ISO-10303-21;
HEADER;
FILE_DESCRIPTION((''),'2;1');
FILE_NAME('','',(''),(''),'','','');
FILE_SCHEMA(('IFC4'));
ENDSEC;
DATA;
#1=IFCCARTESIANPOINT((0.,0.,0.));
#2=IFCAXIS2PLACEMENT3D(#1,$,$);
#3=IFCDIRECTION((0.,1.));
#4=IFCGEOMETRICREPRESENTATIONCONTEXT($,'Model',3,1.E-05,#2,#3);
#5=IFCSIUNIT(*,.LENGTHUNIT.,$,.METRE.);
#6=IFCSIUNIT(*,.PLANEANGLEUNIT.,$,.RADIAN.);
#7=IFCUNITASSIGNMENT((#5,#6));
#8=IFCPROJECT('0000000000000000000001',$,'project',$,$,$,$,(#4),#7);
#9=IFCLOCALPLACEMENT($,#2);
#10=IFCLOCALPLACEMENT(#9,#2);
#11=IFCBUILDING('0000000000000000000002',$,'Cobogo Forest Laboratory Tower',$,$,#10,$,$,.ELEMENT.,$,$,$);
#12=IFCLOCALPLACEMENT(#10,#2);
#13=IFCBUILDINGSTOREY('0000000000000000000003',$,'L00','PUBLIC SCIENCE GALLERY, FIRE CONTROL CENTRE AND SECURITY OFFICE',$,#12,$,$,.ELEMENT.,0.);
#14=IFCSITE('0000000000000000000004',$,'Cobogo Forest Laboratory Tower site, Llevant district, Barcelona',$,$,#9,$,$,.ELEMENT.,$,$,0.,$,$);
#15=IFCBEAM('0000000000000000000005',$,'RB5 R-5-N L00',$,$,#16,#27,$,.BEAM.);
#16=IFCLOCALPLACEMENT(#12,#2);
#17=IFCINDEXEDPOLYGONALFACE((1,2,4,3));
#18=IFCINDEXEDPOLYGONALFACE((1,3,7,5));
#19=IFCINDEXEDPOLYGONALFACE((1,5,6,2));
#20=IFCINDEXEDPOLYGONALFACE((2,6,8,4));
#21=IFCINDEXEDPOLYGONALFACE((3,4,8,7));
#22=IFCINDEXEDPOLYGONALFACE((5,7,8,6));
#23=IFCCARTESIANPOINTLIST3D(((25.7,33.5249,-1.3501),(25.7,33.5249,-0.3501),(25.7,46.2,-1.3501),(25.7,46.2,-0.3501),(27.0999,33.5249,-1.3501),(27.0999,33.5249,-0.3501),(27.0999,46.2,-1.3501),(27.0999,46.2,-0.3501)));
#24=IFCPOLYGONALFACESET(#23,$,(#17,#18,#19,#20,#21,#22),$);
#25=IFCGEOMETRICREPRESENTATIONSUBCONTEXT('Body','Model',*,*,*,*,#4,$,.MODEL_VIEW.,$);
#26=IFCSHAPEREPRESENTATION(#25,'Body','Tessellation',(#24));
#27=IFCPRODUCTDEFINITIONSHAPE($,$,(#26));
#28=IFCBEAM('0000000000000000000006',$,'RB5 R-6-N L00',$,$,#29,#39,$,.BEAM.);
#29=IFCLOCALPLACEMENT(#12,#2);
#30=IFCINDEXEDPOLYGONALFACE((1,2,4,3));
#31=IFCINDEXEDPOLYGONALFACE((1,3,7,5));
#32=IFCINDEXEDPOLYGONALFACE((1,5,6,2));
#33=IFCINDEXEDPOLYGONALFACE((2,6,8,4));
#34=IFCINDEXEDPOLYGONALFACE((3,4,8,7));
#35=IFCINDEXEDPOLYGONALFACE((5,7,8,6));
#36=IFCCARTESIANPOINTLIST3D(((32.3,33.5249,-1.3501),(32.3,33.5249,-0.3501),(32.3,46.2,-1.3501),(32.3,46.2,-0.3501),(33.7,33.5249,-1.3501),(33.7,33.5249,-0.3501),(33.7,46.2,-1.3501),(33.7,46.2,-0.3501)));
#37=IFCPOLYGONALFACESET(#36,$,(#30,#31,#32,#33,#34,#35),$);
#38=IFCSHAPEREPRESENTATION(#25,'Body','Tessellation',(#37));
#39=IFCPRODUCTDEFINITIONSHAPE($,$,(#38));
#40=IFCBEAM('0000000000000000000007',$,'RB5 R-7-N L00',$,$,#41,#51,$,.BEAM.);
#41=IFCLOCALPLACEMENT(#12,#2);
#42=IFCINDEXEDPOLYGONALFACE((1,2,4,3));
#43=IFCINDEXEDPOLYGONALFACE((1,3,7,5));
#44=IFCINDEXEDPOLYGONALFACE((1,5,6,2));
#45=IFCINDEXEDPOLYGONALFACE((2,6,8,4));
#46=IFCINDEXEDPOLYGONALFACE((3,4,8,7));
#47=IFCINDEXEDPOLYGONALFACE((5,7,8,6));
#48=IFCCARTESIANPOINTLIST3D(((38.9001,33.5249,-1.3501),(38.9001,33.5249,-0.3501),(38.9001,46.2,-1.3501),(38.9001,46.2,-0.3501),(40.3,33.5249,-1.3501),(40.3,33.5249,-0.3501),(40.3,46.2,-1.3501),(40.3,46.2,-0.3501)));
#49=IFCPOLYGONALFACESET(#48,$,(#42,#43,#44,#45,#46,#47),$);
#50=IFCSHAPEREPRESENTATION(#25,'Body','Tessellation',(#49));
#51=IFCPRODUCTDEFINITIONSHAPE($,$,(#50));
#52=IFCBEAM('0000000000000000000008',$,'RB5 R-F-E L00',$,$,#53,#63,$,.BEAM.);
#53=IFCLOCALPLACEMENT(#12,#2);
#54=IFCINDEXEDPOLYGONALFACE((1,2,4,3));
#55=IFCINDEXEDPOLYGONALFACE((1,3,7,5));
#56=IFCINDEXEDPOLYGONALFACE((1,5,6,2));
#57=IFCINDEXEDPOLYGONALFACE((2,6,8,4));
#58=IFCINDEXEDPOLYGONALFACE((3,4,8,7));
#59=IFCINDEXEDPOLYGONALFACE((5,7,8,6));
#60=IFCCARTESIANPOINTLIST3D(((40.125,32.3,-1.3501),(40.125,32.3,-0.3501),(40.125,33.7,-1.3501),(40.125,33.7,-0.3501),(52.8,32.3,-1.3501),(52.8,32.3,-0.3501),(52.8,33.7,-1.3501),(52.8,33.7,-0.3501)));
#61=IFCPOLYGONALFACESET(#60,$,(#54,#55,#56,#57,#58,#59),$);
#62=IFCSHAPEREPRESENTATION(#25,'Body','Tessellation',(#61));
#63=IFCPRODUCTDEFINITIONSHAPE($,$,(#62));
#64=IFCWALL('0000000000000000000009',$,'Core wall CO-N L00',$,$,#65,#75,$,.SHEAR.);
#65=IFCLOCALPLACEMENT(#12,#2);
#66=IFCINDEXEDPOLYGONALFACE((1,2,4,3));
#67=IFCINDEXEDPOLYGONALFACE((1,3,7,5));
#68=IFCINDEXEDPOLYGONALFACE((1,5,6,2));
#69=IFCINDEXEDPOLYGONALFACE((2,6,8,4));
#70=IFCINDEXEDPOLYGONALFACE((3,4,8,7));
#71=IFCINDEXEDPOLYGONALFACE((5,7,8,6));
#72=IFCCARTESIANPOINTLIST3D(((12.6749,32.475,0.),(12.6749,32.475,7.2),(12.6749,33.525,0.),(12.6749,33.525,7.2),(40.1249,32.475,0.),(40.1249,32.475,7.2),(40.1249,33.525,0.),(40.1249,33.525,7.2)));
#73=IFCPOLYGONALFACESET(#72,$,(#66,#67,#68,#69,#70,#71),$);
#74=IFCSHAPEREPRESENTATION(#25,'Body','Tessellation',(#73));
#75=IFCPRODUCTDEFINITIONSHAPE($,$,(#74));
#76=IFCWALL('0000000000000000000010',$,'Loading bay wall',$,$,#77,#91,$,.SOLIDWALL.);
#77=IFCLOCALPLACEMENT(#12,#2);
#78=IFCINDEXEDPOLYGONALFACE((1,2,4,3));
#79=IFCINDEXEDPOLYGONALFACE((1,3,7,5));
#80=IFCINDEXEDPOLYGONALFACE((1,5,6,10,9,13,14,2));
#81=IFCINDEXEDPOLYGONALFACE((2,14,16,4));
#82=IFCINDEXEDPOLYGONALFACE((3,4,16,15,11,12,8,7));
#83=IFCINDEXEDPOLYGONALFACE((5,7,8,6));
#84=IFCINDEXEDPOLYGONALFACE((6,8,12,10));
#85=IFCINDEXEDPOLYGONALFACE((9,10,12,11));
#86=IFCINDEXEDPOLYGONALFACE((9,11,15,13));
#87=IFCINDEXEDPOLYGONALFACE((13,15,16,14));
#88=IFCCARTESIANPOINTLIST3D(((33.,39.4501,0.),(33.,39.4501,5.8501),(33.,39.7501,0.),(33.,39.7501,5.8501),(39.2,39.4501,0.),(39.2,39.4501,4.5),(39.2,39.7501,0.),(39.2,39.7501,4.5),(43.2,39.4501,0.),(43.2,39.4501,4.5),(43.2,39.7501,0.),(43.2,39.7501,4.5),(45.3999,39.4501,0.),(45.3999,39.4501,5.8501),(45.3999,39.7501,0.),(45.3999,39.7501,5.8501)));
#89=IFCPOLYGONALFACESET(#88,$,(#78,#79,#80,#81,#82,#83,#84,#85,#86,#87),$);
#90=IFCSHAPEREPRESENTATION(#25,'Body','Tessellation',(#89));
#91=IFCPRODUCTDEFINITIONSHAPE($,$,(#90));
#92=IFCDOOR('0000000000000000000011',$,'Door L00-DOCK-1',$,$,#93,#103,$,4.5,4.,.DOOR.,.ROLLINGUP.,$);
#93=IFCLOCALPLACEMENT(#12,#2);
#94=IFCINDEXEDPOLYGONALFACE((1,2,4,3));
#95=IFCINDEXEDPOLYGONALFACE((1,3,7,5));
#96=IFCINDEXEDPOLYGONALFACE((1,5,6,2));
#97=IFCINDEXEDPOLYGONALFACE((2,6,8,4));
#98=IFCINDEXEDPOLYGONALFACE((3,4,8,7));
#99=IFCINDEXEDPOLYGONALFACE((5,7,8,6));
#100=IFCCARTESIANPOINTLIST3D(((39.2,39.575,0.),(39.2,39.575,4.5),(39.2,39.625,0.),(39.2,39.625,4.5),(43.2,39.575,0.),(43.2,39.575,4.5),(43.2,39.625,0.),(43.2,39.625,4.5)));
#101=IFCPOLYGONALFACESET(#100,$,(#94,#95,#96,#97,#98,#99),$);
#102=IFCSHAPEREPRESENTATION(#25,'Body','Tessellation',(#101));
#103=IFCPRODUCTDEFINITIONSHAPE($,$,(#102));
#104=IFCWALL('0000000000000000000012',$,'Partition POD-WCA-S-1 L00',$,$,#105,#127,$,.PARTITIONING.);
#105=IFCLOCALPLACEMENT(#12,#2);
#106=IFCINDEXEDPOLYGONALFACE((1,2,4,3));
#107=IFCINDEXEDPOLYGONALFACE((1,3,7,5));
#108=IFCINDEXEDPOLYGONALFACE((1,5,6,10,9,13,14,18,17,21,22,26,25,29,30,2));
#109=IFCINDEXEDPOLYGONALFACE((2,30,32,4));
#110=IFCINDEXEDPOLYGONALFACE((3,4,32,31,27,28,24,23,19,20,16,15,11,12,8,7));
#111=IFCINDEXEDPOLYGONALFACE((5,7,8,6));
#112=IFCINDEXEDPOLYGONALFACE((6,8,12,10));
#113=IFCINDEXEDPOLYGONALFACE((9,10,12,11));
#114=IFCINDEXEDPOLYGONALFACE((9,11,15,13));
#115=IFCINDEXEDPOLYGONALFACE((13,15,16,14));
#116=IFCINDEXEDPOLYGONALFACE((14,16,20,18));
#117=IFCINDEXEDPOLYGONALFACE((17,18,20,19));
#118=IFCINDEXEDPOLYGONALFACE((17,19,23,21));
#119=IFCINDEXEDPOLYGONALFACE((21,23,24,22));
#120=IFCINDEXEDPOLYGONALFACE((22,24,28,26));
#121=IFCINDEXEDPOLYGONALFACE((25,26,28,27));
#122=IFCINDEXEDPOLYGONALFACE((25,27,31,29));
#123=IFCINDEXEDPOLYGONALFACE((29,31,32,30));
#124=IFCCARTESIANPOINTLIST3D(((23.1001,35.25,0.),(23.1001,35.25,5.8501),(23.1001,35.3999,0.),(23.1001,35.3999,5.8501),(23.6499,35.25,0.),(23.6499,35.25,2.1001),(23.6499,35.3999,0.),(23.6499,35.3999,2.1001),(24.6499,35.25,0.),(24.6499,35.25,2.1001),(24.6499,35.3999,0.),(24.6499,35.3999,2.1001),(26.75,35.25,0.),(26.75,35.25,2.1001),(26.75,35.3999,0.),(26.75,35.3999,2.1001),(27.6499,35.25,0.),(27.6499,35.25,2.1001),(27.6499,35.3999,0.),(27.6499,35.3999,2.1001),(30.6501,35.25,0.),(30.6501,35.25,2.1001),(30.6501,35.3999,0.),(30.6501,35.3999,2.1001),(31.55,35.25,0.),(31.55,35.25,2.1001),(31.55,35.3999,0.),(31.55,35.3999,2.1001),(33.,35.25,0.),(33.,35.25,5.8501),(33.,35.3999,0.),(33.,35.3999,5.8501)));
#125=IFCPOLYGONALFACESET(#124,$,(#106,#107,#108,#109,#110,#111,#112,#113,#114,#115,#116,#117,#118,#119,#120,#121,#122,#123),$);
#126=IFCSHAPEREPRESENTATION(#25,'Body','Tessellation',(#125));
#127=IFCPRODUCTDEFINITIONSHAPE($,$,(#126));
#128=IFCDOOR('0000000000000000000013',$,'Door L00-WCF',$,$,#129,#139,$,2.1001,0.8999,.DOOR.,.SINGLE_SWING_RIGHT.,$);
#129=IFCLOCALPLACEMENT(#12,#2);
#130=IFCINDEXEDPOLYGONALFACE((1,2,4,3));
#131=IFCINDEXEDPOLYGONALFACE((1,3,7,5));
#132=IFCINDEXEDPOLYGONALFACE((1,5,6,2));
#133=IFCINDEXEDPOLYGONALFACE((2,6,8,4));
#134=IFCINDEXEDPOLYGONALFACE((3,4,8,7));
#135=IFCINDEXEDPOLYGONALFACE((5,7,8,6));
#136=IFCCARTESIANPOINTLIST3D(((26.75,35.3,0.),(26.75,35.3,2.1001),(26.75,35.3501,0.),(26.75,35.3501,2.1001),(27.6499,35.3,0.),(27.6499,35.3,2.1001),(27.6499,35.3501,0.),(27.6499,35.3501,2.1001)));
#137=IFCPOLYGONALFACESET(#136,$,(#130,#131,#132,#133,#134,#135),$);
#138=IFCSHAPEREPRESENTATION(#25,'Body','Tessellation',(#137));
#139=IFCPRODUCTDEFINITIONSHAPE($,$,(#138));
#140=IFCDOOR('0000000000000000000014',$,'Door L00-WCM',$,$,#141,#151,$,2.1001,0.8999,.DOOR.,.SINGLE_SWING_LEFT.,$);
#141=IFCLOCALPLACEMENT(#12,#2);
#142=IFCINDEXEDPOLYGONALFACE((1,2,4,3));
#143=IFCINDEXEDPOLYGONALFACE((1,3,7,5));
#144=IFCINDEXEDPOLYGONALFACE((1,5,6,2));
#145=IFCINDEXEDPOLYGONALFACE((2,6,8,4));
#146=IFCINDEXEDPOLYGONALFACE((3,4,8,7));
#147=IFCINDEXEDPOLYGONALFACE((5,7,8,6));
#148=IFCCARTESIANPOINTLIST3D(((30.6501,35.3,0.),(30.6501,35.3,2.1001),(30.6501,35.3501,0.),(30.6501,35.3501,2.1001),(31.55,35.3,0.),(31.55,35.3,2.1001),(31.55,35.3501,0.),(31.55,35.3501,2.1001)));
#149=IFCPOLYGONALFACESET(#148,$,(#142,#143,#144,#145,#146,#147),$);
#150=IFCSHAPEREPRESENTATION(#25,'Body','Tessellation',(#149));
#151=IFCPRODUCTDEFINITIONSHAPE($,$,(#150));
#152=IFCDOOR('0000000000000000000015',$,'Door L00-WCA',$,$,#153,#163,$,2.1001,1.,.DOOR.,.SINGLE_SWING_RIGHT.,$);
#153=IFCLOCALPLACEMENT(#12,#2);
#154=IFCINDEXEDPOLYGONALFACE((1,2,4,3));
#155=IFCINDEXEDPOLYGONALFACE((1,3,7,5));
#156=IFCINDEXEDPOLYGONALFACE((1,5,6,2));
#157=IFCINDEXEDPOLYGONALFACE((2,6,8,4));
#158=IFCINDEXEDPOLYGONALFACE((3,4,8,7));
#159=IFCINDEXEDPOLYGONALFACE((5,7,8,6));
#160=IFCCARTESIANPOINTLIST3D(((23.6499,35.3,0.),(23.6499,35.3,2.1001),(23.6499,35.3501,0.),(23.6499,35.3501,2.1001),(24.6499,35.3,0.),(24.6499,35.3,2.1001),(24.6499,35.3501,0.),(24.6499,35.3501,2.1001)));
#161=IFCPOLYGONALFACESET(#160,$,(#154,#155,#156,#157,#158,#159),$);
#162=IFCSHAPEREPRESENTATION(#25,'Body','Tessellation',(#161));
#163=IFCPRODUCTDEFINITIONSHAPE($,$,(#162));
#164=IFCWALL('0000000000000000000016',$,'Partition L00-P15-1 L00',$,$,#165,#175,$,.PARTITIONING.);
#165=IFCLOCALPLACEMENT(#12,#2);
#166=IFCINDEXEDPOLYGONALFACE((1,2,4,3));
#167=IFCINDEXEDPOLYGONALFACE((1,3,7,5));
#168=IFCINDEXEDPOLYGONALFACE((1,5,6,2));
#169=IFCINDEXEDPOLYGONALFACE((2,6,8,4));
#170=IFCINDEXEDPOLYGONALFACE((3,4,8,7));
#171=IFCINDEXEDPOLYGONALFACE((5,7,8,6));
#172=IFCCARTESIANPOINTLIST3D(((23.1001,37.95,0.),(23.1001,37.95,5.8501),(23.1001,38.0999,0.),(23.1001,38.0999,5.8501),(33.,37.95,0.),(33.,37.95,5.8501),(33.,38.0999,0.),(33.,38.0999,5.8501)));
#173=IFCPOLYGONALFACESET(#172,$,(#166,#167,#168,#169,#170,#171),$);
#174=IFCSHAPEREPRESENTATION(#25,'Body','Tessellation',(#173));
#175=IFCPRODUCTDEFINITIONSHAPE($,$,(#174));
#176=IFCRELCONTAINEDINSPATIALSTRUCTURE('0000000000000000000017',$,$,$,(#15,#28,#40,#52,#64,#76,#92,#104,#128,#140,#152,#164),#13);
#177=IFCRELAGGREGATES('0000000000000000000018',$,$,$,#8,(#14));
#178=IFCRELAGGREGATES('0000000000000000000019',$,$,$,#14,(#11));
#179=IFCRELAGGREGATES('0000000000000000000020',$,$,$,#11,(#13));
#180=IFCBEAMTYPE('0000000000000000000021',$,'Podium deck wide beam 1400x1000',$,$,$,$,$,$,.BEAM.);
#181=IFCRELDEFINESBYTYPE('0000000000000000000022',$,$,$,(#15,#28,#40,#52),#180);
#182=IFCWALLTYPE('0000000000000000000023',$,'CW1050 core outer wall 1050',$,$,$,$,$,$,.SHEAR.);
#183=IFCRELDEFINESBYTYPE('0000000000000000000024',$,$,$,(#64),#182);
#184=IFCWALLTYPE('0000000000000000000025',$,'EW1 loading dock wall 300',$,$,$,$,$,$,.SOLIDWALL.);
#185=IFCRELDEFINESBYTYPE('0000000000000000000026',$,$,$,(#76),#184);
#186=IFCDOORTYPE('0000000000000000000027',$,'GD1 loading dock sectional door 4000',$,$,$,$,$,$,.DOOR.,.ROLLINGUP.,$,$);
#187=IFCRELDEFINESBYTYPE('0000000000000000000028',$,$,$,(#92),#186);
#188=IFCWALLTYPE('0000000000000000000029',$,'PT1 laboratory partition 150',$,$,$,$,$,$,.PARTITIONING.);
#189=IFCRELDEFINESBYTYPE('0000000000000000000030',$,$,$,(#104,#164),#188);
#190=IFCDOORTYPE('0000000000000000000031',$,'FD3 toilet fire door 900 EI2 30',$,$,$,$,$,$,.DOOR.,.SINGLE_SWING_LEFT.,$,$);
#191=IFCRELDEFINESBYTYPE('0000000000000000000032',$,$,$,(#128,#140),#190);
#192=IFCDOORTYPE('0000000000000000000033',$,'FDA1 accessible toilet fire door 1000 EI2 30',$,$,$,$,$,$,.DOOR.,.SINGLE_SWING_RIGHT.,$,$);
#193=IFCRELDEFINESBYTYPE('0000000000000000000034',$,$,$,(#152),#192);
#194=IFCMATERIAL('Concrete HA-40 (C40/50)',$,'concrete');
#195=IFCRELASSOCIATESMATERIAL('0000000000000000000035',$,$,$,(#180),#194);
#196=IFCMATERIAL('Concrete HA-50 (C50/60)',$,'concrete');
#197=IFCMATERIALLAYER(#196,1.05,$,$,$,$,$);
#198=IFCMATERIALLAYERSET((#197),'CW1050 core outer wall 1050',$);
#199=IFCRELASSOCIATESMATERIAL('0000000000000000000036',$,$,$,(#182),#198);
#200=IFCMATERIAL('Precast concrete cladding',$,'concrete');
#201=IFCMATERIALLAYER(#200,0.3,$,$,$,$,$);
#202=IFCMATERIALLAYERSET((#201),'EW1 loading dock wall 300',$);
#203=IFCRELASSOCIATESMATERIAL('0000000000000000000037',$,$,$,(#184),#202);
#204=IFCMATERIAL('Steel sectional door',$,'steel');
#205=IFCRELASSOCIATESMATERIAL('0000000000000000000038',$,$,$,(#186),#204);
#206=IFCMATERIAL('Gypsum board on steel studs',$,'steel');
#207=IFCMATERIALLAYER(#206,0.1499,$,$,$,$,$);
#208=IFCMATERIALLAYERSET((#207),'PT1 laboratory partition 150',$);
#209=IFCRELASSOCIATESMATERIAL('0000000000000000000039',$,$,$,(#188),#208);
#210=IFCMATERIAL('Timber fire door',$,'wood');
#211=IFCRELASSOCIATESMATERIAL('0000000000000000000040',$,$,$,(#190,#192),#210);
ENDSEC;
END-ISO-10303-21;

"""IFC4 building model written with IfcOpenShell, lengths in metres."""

from ifc_helpers import new_model, si_unit, direction, frame, frame_2d, origin, origin_2d, place, context, subcontext, project, spatial, rectangle, extrude, material, layer, layer_set, material_profile, profile_set, type_object, element, fill, save


model = new_model("IFC4")

# Units and contexts
model_context = context("Model", 3, precision=1e-05, world=origin(), true_north=direction((0.0, 1.0)))
body_context = subcontext(model_context, "Body", "Model", "MODEL_VIEW")
ifc_project = project(units=[si_unit("LENGTHUNIT", "METRE"), si_unit("PLANEANGLEUNIT", "RADIAN")], contexts=[model_context])

# Site, building, storey
site_placement = place(None, origin())
site = spatial("IfcSite", under=ifc_project, at=site_placement, Name="Cobogo Forest Laboratory Tower site, Llevant district, Barcelona", CompositionType="ELEMENT", RefElevation=0.0)
building_placement = place(site_placement, origin())
building = spatial("IfcBuilding", under=site, at=building_placement, Name="Cobogo Forest Laboratory Tower", CompositionType="ELEMENT")
storey_placement = place(building_placement, origin())
storey = spatial("IfcBuildingStorey", under=building, at=storey_placement, Name="L00", Description="PUBLIC SCIENCE GALLERY, FIRE CONTROL CENTRE AND SECURITY OFFICE", CompositionType="ELEMENT", Elevation=0.0)

# Beams
ifc_material_1 = material(Name="Concrete HA-40 (C40/50)", Category="concrete")
ifc_material_profile = material_profile(ifc_material_1, rectangle(XDim=1.3999, YDim=1.0, at=origin_2d()), Name="RC 1400x1000")
ifc_profile_set = profile_set([ifc_material_profile], Name="Concrete HA-40 (C40/50)")
beam_type = type_object("IfcBeamType", Name="Podium deck wide beam 1400x1000", PredefinedType="BEAM", material=ifc_profile_set)
for number, where, z_axis, x_axis, name in (
    (1, (26.3999, 33.5249, -0.8501), (0.0, 1.0, 0.0), (-1.0, 0.0, 0.0), "RB5 R-5-N L00"),
    (2, (33.0, 33.5249, -0.8501), (0.0, 1.0, 0.0), (-1.0, 0.0, 0.0), "RB5 R-6-N L00"),
    (3, (39.6001, 33.5249, -0.8501), (0.0, 1.0, 0.0), (-1.0, 0.0, 0.0), "RB5 R-7-N L00"),
    (4, (40.125, 33.0, -0.8501), (1.0, 0.0, 0.0), (0.0, 1.0, 0.0), "RB5 R-F-E L00"),
):
    element("IfcBeam", number, at=place(storey_placement, frame(where, z_axis=z_axis, x_axis=x_axis)), inside=storey, type_object=beam_type, Name=name, PredefinedType="BEAM", context=body_context, shape_type="SweptSolid", body=[
        extrude(rectangle(XDim=1.3999, YDim=1.0, at=origin_2d()), origin(), (0.0, 0.0, 1.0), 12.675),
    ])

# Wall
ifc_material_2 = material(Name="Concrete HA-50 (C50/60)", Category="concrete")
ifc_layer_1 = layer(ifc_material_2, 1.05)
ifc_layer_set_1 = layer_set([ifc_layer_1], Name="CW1050 core outer wall 1050")
wall_type_1 = type_object("IfcWallType", Name="CW1050 core outer wall 1050", PredefinedType="SHEAR", material=ifc_layer_set_1)
wall_1_placement = place(storey_placement, frame((40.125, 33.0, 0.0), z_axis=(0.0, 0.0, 1.0), x_axis=(-1.0, 0.0, 0.0)))
element("IfcWall", 5, at=wall_1_placement, inside=storey, type_object=wall_type_1, Name="Core wall CO-N L00", PredefinedType="SHEAR", context=body_context, shape_type="SweptSolid", body=[
    extrude(rectangle(XDim=27.45, YDim=1.05, at=frame_2d((13.7251, 0.0))), origin(), (0.0, 0.0, 1.0), 7.2),
])

# Wall, opening, door
ifc_material_3 = material(Name="Precast concrete cladding", Category="concrete")
ifc_layer_2 = layer(ifc_material_3, 0.3)
ifc_layer_set_2 = layer_set([ifc_layer_2], Name="EW1 loading dock wall 300")
wall_type_2 = type_object("IfcWallType", Name="EW1 loading dock wall 300", PredefinedType="SOLIDWALL", material=ifc_layer_set_2)
wall_2_placement = place(storey_placement, frame((33.0, 39.6001, 0.0), z_axis=(0.0, 0.0, 1.0), x_axis=(1.0, 0.0, 0.0)))
wall_2 = element("IfcWall", 6, at=wall_2_placement, inside=storey, type_object=wall_type_2, Name="Loading bay wall", PredefinedType="SOLIDWALL", context=body_context, shape_type="SweptSolid", body=[
    extrude(rectangle(XDim=12.3999, YDim=0.3, at=frame_2d((6.2, 0.0))), origin(), (0.0, 0.0, 1.0), 5.8501),
])
opening_1_placement = place(wall_2_placement, frame((6.2, 0.0, 0.0)))
opening_1 = element("IfcOpeningElement", 7, at=opening_1_placement, cuts=wall_2, PredefinedType="OPENING", context=body_context, shape_type="SweptSolid", body=[
    extrude(rectangle(XDim=4.0, YDim=4.5, at=frame_2d((2.0, 2.25))), frame((0.0, 0.1599, 0.0), z_axis=(0.0, -1.0, 0.0), x_axis=(1.0, 0.0, 0.0)), (0.0, 0.0, 1.0), 0.3201),
])
ifc_material_4 = material(Name="Steel sectional door", Category="steel")
door_type_1 = type_object("IfcDoorType", Name="GD1 loading dock sectional door 4000", OperationType="ROLLINGUP", PredefinedType="DOOR", material=ifc_material_4)
door_1_placement = place(opening_1_placement, origin())
door_1 = element("IfcDoor", 8, at=door_1_placement, inside=storey, type_object=door_type_1, Name="Door L00-DOCK-1", OperationType="ROLLINGUP", OverallHeight=4.5, OverallWidth=4.0, PredefinedType="DOOR", context=body_context, shape_type="SweptSolid", body=[
    extrude(rectangle(XDim=4.0, YDim=4.5, at=frame_2d((2.0, 2.25))), frame((0.0, 0.0249, 0.0), z_axis=(0.0, -1.0, 0.0), x_axis=(1.0, 0.0, 0.0)), (0.0, 0.0, 1.0), 0.05),
])
fill(opening_1, door_1)

# Wall, openings, doors
ifc_material_5 = material(Name="Gypsum board on steel studs", Category="steel")
ifc_layer_3 = layer(ifc_material_5, 0.1499)
ifc_layer_set_3 = layer_set([ifc_layer_3], Name="PT1 laboratory partition 150")
wall_type_3 = type_object("IfcWallType", Name="PT1 laboratory partition 150", PredefinedType="PARTITIONING", material=ifc_layer_set_3)
wall_3_placement = place(storey_placement, frame((33.0, 35.325, 0.0), z_axis=(0.0, 0.0, 1.0), x_axis=(-1.0, 0.0, 0.0)))
wall_3 = element("IfcWall", 9, at=wall_3_placement, inside=storey, type_object=wall_type_3, Name="Partition POD-WCA-S-1 L00", PredefinedType="PARTITIONING", context=body_context, shape_type="SweptSolid", body=[
    extrude(rectangle(XDim=9.8999, YDim=0.1499, at=frame_2d((4.95, 0.0))), origin(), (0.0, 0.0, 1.0), 5.8501),
])
opening_2_placement = place(wall_3_placement, frame((8.3501, 0.0, 0.0)))
opening_2 = element("IfcOpeningElement", 10, at=opening_2_placement, cuts=wall_3, PredefinedType="OPENING", context=body_context, shape_type="SweptSolid", body=[
    extrude(rectangle(XDim=1.0, YDim=2.1001, at=frame_2d((0.5, 1.05))), frame((0.0, 0.085, 0.0), z_axis=(0.0, -1.0, 0.0), x_axis=(1.0, 0.0, 0.0)), (0.0, 0.0, 1.0), 0.1699),
])
opening_3_placement = place(wall_3_placement, frame((5.3501, 0.0, 0.0)))
opening_3 = element("IfcOpeningElement", 11, at=opening_3_placement, cuts=wall_3, PredefinedType="OPENING", context=body_context, shape_type="SweptSolid", body=[
    extrude(rectangle(XDim=0.8999, YDim=2.1001, at=frame_2d((0.45, 1.05))), frame((0.0, 0.085, 0.0), z_axis=(0.0, -1.0, 0.0), x_axis=(1.0, 0.0, 0.0)), (0.0, 0.0, 1.0), 0.1699),
])
opening_4_placement = place(wall_3_placement, frame((1.45, 0.0, 0.0)))
opening_4 = element("IfcOpeningElement", 12, at=opening_4_placement, cuts=wall_3, PredefinedType="OPENING", context=body_context, shape_type="SweptSolid", body=[
    extrude(rectangle(XDim=0.8999, YDim=2.1001, at=frame_2d((0.45, 1.05))), frame((0.0, 0.085, 0.0), z_axis=(0.0, -1.0, 0.0), x_axis=(1.0, 0.0, 0.0)), (0.0, 0.0, 1.0), 0.1699),
])
ifc_material_6 = material(Name="Timber fire door", Category="wood")
door_type_2 = type_object("IfcDoorType", Name="FD3 toilet fire door 900 EI2 30", OperationType="SINGLE_SWING_LEFT", PredefinedType="DOOR", material=ifc_material_6)
door_2_placement = place(opening_3_placement, origin())
door_2 = element("IfcDoor", 13, at=door_2_placement, inside=storey, type_object=door_type_2, Name="Door L00-WCF", OperationType="SINGLE_SWING_RIGHT", OverallHeight=2.1001, OverallWidth=0.8999, PredefinedType="DOOR", context=body_context, shape_type="SweptSolid", body=[
    extrude(rectangle(XDim=0.8999, YDim=2.1001, at=frame_2d((0.45, 1.05))), frame((0.0, 0.0249, 0.0), z_axis=(0.0, -1.0, 0.0), x_axis=(1.0, 0.0, 0.0)), (0.0, 0.0, 1.0), 0.05),
])
fill(opening_3, door_2)
door_3_placement = place(opening_4_placement, origin())
door_3 = element("IfcDoor", 14, at=door_3_placement, inside=storey, type_object=door_type_2, Name="Door L00-WCM", OperationType="SINGLE_SWING_LEFT", OverallHeight=2.1001, OverallWidth=0.8999, PredefinedType="DOOR", context=body_context, shape_type="SweptSolid", body=[
    extrude(rectangle(XDim=0.8999, YDim=2.1001, at=frame_2d((0.45, 1.05))), frame((0.0, 0.0249, 0.0), z_axis=(0.0, -1.0, 0.0), x_axis=(1.0, 0.0, 0.0)), (0.0, 0.0, 1.0), 0.05),
])
fill(opening_4, door_3)
door_type_3 = type_object("IfcDoorType", Name="FDA1 accessible toilet fire door 1000 EI2 30", OperationType="SINGLE_SWING_RIGHT", PredefinedType="DOOR", material=ifc_material_6)
door_4_placement = place(opening_2_placement, origin())
door_4 = element("IfcDoor", 15, at=door_4_placement, inside=storey, type_object=door_type_3, Name="Door L00-WCA", OperationType="SINGLE_SWING_RIGHT", OverallHeight=2.1001, OverallWidth=1.0, PredefinedType="DOOR", context=body_context, shape_type="SweptSolid", body=[
    extrude(rectangle(XDim=1.0, YDim=2.1001, at=frame_2d((0.5, 1.05))), frame((0.0, 0.0249, 0.0), z_axis=(0.0, -1.0, 0.0), x_axis=(1.0, 0.0, 0.0)), (0.0, 0.0, 1.0), 0.05),
])
fill(opening_2, door_4)

# Wall
wall_4_placement = place(storey_placement, frame((33.0, 38.0249, 0.0), z_axis=(0.0, 0.0, 1.0), x_axis=(-1.0, 0.0, 0.0)))
element("IfcWall", 16, at=wall_4_placement, inside=storey, type_object=wall_type_3, Name="Partition L00-P15-1 L00", PredefinedType="PARTITIONING", context=body_context, shape_type="SweptSolid", body=[
    extrude(rectangle(XDim=9.8999, YDim=0.1499, at=frame_2d((4.95, 0.0))), origin(), (0.0, 0.0, 1.0), 5.8501),
])

save(model, "model.ifc")
